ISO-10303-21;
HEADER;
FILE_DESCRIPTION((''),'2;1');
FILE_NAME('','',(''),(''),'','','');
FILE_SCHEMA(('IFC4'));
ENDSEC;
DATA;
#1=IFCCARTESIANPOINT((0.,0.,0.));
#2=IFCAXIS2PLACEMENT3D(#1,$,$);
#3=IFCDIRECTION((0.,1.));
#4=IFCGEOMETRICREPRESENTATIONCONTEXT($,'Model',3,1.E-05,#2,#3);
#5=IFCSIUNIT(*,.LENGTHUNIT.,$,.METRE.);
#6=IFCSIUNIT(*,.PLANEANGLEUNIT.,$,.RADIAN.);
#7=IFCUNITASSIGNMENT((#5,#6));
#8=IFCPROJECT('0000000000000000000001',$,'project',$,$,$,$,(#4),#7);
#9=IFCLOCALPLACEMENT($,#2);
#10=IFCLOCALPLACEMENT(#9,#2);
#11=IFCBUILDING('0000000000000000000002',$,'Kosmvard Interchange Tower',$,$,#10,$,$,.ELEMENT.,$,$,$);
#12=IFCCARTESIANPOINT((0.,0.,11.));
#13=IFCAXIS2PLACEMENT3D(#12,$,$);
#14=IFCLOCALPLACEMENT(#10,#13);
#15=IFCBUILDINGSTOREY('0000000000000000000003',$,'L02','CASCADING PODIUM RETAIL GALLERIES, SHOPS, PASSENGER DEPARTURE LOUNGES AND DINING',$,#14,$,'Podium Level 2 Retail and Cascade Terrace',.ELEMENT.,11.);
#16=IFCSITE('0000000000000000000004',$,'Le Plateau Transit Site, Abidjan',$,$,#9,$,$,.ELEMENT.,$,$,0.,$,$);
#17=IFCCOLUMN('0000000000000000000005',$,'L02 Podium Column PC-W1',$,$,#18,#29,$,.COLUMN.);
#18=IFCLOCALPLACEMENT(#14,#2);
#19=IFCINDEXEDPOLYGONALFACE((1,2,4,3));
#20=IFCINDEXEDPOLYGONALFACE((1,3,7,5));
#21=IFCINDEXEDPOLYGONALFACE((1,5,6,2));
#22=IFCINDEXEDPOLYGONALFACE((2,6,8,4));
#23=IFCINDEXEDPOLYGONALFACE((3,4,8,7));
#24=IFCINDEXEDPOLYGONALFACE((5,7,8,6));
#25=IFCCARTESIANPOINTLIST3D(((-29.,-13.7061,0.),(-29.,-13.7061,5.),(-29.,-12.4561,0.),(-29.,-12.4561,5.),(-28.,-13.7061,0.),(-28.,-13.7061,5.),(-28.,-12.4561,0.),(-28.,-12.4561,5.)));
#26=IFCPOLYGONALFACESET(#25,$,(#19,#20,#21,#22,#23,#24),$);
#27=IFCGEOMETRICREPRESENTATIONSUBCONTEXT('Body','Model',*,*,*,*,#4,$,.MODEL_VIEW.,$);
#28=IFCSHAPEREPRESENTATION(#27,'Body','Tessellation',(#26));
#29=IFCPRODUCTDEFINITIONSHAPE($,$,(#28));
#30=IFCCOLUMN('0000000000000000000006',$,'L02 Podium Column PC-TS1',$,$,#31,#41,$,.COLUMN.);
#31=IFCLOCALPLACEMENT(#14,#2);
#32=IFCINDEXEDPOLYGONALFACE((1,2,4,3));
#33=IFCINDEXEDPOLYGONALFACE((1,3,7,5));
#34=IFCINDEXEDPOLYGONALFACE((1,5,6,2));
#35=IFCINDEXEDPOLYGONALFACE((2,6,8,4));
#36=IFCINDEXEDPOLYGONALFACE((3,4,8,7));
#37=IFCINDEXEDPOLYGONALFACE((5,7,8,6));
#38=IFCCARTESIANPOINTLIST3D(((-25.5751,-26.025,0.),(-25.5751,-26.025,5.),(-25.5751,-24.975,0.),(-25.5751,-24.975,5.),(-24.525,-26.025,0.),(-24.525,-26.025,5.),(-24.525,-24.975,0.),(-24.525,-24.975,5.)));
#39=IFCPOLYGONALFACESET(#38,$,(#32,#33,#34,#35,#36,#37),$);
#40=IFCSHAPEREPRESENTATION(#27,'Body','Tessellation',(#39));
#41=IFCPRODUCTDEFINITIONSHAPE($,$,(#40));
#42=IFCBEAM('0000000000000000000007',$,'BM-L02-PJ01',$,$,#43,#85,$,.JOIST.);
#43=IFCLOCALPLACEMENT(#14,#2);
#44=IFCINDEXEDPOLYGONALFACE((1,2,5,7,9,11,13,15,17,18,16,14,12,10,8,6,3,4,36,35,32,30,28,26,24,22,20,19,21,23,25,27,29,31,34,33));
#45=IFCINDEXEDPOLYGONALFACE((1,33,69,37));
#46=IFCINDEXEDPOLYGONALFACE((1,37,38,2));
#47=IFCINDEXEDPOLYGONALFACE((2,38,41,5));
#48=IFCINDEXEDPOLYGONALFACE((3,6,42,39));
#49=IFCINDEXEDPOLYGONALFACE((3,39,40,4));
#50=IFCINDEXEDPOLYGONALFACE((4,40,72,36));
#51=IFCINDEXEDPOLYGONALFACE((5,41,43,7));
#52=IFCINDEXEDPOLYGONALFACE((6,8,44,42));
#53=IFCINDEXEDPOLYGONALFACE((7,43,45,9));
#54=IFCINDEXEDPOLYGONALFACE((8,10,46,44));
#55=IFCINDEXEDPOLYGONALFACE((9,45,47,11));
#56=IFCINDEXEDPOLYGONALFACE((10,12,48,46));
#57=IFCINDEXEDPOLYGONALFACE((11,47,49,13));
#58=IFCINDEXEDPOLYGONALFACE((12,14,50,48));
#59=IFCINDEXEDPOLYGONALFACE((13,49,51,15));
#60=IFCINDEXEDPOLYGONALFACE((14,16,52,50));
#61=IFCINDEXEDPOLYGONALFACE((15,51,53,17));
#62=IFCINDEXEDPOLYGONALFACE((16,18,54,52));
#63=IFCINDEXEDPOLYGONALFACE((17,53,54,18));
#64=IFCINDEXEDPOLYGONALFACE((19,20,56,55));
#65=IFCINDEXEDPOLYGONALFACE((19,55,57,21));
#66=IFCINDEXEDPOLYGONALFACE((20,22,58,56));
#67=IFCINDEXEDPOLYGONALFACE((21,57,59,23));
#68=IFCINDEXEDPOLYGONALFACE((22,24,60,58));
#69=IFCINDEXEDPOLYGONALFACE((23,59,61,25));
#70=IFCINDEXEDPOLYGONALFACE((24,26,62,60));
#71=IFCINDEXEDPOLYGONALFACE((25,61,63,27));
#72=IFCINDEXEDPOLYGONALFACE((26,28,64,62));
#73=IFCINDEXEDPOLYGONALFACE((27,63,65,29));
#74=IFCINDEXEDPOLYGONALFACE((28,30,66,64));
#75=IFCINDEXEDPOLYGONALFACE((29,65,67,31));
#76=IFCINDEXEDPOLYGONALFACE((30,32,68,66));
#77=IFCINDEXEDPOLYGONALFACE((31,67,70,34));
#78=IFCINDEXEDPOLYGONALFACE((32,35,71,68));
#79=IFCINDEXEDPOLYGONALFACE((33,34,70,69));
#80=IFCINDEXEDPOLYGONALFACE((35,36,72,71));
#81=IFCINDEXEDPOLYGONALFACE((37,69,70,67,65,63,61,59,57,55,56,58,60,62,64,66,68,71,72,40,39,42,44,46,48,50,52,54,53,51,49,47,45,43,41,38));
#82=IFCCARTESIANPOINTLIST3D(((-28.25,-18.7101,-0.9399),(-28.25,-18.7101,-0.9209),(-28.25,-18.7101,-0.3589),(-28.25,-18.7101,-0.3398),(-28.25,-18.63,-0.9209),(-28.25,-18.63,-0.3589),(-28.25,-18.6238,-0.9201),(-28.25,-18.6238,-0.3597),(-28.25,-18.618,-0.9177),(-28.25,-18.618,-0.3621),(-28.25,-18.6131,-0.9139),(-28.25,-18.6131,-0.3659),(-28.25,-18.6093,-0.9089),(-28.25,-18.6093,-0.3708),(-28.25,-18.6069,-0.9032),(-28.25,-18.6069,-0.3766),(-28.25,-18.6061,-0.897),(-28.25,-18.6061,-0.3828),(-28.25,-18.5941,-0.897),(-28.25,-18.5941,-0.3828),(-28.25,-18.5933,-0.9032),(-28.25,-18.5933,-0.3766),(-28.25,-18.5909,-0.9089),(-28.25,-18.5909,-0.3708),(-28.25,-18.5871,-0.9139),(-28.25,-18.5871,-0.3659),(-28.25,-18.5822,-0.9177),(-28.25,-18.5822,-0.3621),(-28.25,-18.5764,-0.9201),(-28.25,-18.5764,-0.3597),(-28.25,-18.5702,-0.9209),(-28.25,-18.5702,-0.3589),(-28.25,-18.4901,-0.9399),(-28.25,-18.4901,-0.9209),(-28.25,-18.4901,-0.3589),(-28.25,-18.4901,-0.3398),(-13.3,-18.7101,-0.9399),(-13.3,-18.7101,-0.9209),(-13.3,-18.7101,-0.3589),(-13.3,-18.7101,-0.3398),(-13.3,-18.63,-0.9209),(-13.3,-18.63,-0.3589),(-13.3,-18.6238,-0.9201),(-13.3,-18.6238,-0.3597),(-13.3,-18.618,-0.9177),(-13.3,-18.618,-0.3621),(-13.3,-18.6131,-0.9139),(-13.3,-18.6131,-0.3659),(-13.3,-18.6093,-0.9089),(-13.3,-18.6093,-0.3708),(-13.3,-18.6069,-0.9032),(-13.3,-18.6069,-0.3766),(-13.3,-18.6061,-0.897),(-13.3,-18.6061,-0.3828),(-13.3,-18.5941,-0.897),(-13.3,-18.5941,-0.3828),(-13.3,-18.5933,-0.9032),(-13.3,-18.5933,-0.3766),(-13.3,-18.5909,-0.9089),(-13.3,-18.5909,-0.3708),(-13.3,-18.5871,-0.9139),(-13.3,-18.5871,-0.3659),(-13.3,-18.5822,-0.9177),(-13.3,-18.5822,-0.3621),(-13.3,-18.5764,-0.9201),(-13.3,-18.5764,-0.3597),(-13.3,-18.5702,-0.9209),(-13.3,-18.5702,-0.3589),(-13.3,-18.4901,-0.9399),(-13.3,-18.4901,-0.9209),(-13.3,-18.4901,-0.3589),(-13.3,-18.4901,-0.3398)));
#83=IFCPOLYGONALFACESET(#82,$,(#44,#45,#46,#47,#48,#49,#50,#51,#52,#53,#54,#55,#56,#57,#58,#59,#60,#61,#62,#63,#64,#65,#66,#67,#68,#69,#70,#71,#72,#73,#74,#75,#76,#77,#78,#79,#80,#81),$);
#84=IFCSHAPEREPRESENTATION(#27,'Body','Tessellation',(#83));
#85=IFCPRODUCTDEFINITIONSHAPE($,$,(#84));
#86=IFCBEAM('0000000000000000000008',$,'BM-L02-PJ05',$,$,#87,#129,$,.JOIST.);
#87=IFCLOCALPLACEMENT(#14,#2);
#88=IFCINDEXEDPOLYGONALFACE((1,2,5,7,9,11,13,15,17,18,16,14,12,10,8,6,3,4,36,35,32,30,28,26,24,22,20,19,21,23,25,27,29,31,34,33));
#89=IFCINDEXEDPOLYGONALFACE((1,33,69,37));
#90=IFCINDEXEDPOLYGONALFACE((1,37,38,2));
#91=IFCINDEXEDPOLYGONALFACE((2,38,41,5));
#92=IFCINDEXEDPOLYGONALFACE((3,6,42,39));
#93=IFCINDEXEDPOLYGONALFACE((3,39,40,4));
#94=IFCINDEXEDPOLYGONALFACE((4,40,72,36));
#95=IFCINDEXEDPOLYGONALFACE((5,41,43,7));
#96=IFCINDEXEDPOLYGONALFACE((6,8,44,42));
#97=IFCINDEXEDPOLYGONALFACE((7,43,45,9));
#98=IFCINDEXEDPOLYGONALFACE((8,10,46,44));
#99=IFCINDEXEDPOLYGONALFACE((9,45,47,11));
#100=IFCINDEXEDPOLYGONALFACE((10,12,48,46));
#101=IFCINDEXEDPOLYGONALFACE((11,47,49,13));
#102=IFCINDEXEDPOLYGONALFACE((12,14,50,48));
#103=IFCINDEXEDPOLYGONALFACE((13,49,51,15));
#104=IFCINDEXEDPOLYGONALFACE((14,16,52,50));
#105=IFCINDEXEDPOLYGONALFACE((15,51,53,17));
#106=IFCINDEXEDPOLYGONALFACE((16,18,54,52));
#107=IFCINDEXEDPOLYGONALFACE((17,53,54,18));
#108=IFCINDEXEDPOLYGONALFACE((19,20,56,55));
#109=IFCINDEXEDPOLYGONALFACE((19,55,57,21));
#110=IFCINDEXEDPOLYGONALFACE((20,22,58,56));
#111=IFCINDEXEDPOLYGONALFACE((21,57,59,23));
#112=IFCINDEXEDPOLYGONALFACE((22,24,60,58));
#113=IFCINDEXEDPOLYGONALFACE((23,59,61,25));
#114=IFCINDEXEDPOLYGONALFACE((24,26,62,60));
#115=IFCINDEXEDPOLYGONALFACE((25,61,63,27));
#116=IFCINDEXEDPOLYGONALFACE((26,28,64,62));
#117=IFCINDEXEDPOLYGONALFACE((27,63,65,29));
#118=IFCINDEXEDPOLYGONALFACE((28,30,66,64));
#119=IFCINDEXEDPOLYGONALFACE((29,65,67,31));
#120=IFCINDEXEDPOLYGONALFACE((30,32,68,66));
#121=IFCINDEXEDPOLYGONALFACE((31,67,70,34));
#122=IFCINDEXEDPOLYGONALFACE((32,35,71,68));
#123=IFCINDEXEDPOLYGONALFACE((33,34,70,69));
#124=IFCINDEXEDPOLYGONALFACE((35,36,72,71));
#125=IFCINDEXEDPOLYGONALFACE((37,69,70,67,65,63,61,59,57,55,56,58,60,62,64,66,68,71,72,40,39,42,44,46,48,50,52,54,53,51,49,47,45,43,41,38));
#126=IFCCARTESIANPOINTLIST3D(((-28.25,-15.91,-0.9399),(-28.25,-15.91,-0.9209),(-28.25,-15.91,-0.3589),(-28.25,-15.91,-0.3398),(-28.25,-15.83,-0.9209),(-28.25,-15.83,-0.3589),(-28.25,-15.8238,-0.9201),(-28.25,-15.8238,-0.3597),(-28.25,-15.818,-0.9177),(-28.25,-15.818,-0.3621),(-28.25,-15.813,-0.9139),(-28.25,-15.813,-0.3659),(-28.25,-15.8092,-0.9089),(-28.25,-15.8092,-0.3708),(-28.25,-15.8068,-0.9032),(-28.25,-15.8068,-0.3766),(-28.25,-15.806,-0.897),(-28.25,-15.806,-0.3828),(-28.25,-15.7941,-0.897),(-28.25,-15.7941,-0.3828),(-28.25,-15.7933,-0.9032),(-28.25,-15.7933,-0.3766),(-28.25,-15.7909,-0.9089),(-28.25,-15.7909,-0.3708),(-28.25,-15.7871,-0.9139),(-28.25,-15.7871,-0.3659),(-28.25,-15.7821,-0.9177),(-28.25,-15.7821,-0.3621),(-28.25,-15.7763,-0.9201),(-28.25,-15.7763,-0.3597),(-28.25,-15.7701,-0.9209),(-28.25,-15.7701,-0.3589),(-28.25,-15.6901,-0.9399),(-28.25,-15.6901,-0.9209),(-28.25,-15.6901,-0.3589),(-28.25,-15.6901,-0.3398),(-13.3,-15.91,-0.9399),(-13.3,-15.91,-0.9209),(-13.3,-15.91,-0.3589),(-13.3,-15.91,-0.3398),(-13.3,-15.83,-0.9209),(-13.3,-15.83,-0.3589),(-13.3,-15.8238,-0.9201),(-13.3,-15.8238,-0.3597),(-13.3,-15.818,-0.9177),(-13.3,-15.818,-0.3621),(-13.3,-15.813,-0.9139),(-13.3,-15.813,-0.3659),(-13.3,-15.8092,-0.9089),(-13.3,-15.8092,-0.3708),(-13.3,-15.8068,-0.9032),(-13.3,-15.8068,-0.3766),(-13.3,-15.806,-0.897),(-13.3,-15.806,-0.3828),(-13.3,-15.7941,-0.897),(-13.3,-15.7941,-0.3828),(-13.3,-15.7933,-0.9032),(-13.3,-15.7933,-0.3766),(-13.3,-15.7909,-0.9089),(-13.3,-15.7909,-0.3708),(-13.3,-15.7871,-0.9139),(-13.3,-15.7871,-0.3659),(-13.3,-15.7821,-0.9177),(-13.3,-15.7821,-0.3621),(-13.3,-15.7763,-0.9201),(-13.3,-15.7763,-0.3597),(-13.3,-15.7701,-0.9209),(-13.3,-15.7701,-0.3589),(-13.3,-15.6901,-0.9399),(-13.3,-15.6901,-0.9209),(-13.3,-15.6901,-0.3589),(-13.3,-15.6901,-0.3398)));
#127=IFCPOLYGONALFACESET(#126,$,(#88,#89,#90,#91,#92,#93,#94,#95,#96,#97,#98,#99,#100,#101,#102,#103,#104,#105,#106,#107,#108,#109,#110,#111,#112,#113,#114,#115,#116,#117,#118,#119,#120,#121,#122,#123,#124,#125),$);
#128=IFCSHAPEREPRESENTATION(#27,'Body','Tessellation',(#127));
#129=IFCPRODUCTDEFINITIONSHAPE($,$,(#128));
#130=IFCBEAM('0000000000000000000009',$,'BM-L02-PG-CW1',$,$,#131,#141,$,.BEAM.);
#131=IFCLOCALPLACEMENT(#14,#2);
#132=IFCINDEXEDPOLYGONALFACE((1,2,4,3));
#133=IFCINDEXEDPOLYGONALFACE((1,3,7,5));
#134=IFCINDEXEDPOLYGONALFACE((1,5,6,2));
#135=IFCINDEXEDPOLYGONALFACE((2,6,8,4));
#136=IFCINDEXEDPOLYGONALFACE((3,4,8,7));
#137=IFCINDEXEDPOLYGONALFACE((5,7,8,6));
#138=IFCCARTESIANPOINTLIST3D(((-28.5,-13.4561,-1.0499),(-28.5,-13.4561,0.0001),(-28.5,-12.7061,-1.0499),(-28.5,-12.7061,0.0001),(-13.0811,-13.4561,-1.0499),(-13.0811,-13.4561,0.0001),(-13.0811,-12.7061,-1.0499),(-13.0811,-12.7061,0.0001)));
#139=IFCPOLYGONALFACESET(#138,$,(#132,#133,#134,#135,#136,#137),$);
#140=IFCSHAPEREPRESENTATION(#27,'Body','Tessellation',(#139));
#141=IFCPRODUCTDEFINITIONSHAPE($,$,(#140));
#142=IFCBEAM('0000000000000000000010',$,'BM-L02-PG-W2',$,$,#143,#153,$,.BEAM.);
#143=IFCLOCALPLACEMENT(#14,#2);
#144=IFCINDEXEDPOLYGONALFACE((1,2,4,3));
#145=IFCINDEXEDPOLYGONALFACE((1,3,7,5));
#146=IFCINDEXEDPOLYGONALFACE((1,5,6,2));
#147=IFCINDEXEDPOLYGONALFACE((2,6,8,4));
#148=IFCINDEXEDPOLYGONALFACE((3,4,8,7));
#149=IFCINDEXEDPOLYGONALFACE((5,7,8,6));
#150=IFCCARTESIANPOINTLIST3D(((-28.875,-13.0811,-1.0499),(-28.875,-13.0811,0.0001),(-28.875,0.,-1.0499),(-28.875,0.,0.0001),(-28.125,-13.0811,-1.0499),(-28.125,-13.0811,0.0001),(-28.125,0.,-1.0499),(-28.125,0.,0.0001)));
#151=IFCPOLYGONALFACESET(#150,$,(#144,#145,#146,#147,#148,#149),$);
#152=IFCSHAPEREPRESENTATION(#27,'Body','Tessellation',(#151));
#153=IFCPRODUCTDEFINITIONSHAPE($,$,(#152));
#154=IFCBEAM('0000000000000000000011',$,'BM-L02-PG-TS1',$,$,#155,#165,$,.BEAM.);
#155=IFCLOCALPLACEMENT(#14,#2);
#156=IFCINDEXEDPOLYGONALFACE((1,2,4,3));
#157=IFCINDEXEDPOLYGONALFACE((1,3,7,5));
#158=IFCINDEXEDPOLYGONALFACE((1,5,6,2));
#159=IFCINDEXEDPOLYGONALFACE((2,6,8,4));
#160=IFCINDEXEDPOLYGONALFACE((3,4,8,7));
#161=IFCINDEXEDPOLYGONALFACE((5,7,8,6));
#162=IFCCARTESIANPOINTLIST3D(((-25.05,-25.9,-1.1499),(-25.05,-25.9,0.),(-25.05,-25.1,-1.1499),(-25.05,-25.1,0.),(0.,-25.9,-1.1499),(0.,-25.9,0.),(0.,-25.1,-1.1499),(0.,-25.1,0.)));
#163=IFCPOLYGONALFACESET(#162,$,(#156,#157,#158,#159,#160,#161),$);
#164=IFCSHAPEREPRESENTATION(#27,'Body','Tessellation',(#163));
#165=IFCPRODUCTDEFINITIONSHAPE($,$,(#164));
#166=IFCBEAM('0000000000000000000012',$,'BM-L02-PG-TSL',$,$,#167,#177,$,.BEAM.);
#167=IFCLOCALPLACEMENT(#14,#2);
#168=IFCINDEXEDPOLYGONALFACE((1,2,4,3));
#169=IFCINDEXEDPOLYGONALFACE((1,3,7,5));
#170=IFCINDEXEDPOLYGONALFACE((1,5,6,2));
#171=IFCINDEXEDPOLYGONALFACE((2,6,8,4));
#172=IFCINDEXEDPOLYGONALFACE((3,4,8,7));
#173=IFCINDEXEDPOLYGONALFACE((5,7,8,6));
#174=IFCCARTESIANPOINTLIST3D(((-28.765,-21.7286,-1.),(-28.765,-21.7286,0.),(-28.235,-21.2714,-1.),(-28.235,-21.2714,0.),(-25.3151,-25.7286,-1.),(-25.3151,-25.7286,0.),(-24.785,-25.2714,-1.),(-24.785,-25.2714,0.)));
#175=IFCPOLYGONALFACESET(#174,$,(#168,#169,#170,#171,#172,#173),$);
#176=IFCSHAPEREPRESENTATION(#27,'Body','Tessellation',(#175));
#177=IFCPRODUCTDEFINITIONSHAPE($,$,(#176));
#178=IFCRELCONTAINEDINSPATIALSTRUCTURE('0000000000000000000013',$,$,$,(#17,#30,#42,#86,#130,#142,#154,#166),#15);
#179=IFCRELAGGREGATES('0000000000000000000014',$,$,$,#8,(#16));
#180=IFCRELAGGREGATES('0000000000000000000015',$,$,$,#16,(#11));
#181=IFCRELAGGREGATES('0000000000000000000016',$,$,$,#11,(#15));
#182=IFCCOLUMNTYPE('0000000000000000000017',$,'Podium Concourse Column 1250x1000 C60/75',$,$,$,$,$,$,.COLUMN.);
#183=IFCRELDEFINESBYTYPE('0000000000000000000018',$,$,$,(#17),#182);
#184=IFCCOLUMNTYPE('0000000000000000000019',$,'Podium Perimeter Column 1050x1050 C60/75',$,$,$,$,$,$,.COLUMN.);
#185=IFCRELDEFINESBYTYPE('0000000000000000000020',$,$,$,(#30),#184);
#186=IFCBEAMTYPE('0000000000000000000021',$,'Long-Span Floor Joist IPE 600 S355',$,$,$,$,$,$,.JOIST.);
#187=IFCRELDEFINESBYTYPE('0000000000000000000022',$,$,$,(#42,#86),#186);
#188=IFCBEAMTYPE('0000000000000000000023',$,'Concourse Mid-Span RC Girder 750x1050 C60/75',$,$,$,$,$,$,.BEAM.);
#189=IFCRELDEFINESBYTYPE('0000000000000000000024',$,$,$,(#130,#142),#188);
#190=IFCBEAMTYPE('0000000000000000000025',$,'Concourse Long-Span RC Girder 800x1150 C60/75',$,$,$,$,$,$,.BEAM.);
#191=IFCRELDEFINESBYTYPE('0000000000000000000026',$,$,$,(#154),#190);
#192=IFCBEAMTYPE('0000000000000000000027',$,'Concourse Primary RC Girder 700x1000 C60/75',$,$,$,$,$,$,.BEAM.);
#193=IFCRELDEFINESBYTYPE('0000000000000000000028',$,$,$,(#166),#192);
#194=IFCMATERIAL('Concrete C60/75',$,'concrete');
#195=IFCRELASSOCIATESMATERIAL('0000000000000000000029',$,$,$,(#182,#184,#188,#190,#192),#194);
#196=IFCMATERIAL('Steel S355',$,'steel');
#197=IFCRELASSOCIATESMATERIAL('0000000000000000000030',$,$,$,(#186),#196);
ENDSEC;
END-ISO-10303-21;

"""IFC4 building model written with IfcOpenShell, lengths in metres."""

from ifc_helpers import new_model, si_unit, direction, frame, origin, origin_2d, place, context, subcontext, project, spatial, rectangle, i_section, extrude, source, transform, mapped, material, material_profile, profile_set, type_object, element, save


model = new_model("IFC4")

# Units and contexts
model_context = context("Model", 3, precision=1e-05, world=origin(), true_north=direction((0.0, 1.0)))
body_context = subcontext(model_context, "Body", "Model", "MODEL_VIEW")
ifc_project = project(units=[si_unit("LENGTHUNIT", "METRE"), si_unit("PLANEANGLEUNIT", "RADIAN")], contexts=[model_context])

# Site, building, storey
site_placement = place(None, origin())
site = spatial("IfcSite", under=ifc_project, at=site_placement, Name="Le Plateau Transit Site, Abidjan", CompositionType="ELEMENT", RefElevation=0.0)
building_placement = place(site_placement, origin())
building = spatial("IfcBuilding", under=site, at=building_placement, Name="Kosmvard Interchange Tower", CompositionType="ELEMENT")
storey_placement = place(building_placement, frame((0.0, 0.0, 11.0)))
storey = spatial("IfcBuildingStorey", under=building, at=storey_placement, Name="L02", Description="CASCADING PODIUM RETAIL GALLERIES, SHOPS, PASSENGER DEPARTURE LOUNGES AND DINING", LongName="Podium Level 2 Retail and Cascade Terrace", CompositionType="ELEMENT", Elevation=11.0)

# Columns
ifc_material_1 = material(Name="Concrete C60/75", Category="concrete")
ifc_material_profile_1 = material_profile(ifc_material_1, rectangle(XDim=1.0, YDim=1.25, at=origin_2d()), Name="PC 1250x1000")
ifc_profile_set_1 = profile_set([ifc_material_profile_1], Name="Concrete C60/75")
column_type_1 = type_object("IfcColumnType", Name="Podium Concourse Column 1250x1000 C60/75", PredefinedType="COLUMN", material=ifc_profile_set_1)
shared_shape_1 = source(origin(), body_context, "Body", "SweptSolid", [
    extrude(rectangle(XDim=1.0, YDim=1.25, at=origin_2d()), origin(), (0.0, 0.0, 1.0), 5.0),
])
column_1_placement = place(storey_placement, frame((-28.5, -13.0811, 0.0), z_axis=(0.0, 0.0, 1.0), x_axis=(1.0, 0.0, 0.0)))
element("IfcColumn", 1, at=column_1_placement, inside=storey, type_object=column_type_1, Name="L02 Podium Column PC-W1", PredefinedType="COLUMN", context=body_context, shape_type="MappedRepresentation", body=[
    mapped(shared_shape_1, transform((0.0, 0.0, 0.0), scale=1.0)),
])
ifc_material_profile_2 = material_profile(ifc_material_1, rectangle(XDim=1.05, YDim=1.05, at=origin_2d()), Name="PC 1050x1050")
ifc_profile_set_2 = profile_set([ifc_material_profile_2], Name="Concrete C60/75")
column_type_2 = type_object("IfcColumnType", Name="Podium Perimeter Column 1050x1050 C60/75", PredefinedType="COLUMN", material=ifc_profile_set_2)
shared_shape_2 = source(origin(), body_context, "Body", "SweptSolid", [
    extrude(rectangle(XDim=1.05, YDim=1.05, at=origin_2d()), origin(), (0.0, 0.0, 1.0), 5.0),
])
column_2_placement = place(storey_placement, frame((-25.05, -25.5, 0.0), z_axis=(0.0, 0.0, 1.0), x_axis=(1.0, 0.0, 0.0)))
element("IfcColumn", 2, at=column_2_placement, inside=storey, type_object=column_type_2, Name="L02 Podium Column PC-TS1", PredefinedType="COLUMN", context=body_context, shape_type="MappedRepresentation", body=[
    mapped(shared_shape_2, transform((0.0, 0.0, 0.0), scale=1.0)),
])

# Beams
ifc_material_2 = material(Name="Steel S355", Category="steel")
ifc_material_profile_3 = material_profile(ifc_material_2, i_section(OverallWidth=0.22, OverallDepth=0.6001, WebThickness=0.012, FlangeThickness=0.019, FilletRadius=0.0239, at=origin_2d()), Name="IPE 600")
ifc_profile_set_3 = profile_set([ifc_material_profile_3], Name="Steel S355")
beam_type_1 = type_object("IfcBeamType", Name="Long-Span Floor Joist IPE 600 S355", PredefinedType="JOIST", material=ifc_profile_set_3)
shared_shape_3 = source(origin(), body_context, "Body", "SweptSolid", [
    extrude(i_section(OverallWidth=0.22, OverallDepth=0.6001, WebThickness=0.012, FlangeThickness=0.019, FilletRadius=0.0239, at=origin_2d()), origin(), (0.0, 0.0, 1.0), 14.95),
])
for number, where, z_axis, x_axis, name in (
    (3, (-28.25, -18.6001, -0.6399), (1.0, 0.0, 0.0), (0.0, 1.0, 0.0), "BM-L02-PJ01"),
    (4, (-28.25, -15.8, -0.6399), (1.0, 0.0, 0.0), (0.0, 1.0, 0.0), "BM-L02-PJ05"),
):
    element("IfcBeam", number, at=place(storey_placement, frame(where, z_axis=z_axis, x_axis=x_axis)), inside=storey, type_object=beam_type_1, Name=name, PredefinedType="JOIST", context=body_context, shape_type="MappedRepresentation", body=[
        mapped(shared_shape_3, transform((0.0, 0.0, 0.0), scale=1.0)),
    ])
ifc_material_profile_4 = material_profile(ifc_material_1, rectangle(XDim=0.75, YDim=1.05, at=origin_2d()), Name="RCG 750x1050")
ifc_profile_set_4 = profile_set([ifc_material_profile_4], Name="Concrete C60/75")
beam_type_2 = type_object("IfcBeamType", Name="Concourse Mid-Span RC Girder 750x1050 C60/75", PredefinedType="BEAM", material=ifc_profile_set_4)
shared_shape_4 = source(origin(), body_context, "Body", "SweptSolid", [
    extrude(rectangle(XDim=0.75, YDim=1.05, at=origin_2d()), origin(), (0.0, 0.0, 1.0), 15.4189),
])
beam_1_placement = place(storey_placement, frame((-28.5, -13.0811, -0.5249), z_axis=(1.0, 0.0, 0.0), x_axis=(0.0, 1.0, 0.0)))
element("IfcBeam", 5, at=beam_1_placement, inside=storey, type_object=beam_type_2, Name="BM-L02-PG-CW1", PredefinedType="BEAM", context=body_context, shape_type="MappedRepresentation", body=[
    mapped(shared_shape_4, transform((0.0, 0.0, 0.0), scale=1.0)),
])
shared_shape_5 = source(origin(), body_context, "Body", "SweptSolid", [
    extrude(rectangle(XDim=0.75, YDim=1.05, at=origin_2d()), origin(), (0.0, 0.0, 1.0), 13.0811),
])
beam_2_placement = place(storey_placement, frame((-28.5, -13.0811, -0.5249), z_axis=(0.0, 1.0, 0.0), x_axis=(-1.0, 0.0, 0.0)))
element("IfcBeam", 6, at=beam_2_placement, inside=storey, type_object=beam_type_2, Name="BM-L02-PG-W2", PredefinedType="BEAM", context=body_context, shape_type="MappedRepresentation", body=[
    mapped(shared_shape_5, transform((0.0, 0.0, 0.0), scale=1.0)),
])
ifc_material_profile_5 = material_profile(ifc_material_1, rectangle(XDim=0.8, YDim=1.1499, at=origin_2d()), Name="RCG 800x1150")
ifc_profile_set_5 = profile_set([ifc_material_profile_5], Name="Concrete C60/75")
beam_type_3 = type_object("IfcBeamType", Name="Concourse Long-Span RC Girder 800x1150 C60/75", PredefinedType="BEAM", material=ifc_profile_set_5)
shared_shape_6 = source(origin(), body_context, "Body", "SweptSolid", [
    extrude(rectangle(XDim=0.8, YDim=1.1499, at=origin_2d()), origin(), (0.0, 0.0, 1.0), 25.05),
])
beam_3_placement = place(storey_placement, frame((-25.05, -25.5, -0.575), z_axis=(1.0, 0.0, 0.0), x_axis=(0.0, 1.0, 0.0)))
element("IfcBeam", 7, at=beam_3_placement, inside=storey, type_object=beam_type_3, Name="BM-L02-PG-TS1", PredefinedType="BEAM", context=body_context, shape_type="MappedRepresentation", body=[
    mapped(shared_shape_6, transform((0.0, 0.0, 0.0), scale=1.0)),
])
ifc_material_profile_6 = material_profile(ifc_material_1, rectangle(XDim=0.7, YDim=1.0, at=origin_2d()), Name="RCG 700x1000")
ifc_profile_set_6 = profile_set([ifc_material_profile_6], Name="Concrete C60/75")
beam_type_4 = type_object("IfcBeamType", Name="Concourse Primary RC Girder 700x1000 C60/75", PredefinedType="BEAM", material=ifc_profile_set_6)
shared_shape_7 = source(origin(), body_context, "Body", "SweptSolid", [
    extrude(rectangle(XDim=0.7, YDim=1.0, at=origin_2d()), origin(), (0.0, 0.0, 1.0), 5.2822),
])
beam_4_placement = place(storey_placement, frame((-25.05, -25.5, -0.5), z_axis=(-0.653122, 0.757253, 0.0), x_axis=(-0.757253, -0.653122, 0.0)))
element("IfcBeam", 8, at=beam_4_placement, inside=storey, type_object=beam_type_4, Name="BM-L02-PG-TSL", PredefinedType="BEAM", context=body_context, shape_type="MappedRepresentation", body=[
    mapped(shared_shape_7, transform((0.0, 0.0, 0.0), scale=1.0)),
])

save(model, "model.ifc")
